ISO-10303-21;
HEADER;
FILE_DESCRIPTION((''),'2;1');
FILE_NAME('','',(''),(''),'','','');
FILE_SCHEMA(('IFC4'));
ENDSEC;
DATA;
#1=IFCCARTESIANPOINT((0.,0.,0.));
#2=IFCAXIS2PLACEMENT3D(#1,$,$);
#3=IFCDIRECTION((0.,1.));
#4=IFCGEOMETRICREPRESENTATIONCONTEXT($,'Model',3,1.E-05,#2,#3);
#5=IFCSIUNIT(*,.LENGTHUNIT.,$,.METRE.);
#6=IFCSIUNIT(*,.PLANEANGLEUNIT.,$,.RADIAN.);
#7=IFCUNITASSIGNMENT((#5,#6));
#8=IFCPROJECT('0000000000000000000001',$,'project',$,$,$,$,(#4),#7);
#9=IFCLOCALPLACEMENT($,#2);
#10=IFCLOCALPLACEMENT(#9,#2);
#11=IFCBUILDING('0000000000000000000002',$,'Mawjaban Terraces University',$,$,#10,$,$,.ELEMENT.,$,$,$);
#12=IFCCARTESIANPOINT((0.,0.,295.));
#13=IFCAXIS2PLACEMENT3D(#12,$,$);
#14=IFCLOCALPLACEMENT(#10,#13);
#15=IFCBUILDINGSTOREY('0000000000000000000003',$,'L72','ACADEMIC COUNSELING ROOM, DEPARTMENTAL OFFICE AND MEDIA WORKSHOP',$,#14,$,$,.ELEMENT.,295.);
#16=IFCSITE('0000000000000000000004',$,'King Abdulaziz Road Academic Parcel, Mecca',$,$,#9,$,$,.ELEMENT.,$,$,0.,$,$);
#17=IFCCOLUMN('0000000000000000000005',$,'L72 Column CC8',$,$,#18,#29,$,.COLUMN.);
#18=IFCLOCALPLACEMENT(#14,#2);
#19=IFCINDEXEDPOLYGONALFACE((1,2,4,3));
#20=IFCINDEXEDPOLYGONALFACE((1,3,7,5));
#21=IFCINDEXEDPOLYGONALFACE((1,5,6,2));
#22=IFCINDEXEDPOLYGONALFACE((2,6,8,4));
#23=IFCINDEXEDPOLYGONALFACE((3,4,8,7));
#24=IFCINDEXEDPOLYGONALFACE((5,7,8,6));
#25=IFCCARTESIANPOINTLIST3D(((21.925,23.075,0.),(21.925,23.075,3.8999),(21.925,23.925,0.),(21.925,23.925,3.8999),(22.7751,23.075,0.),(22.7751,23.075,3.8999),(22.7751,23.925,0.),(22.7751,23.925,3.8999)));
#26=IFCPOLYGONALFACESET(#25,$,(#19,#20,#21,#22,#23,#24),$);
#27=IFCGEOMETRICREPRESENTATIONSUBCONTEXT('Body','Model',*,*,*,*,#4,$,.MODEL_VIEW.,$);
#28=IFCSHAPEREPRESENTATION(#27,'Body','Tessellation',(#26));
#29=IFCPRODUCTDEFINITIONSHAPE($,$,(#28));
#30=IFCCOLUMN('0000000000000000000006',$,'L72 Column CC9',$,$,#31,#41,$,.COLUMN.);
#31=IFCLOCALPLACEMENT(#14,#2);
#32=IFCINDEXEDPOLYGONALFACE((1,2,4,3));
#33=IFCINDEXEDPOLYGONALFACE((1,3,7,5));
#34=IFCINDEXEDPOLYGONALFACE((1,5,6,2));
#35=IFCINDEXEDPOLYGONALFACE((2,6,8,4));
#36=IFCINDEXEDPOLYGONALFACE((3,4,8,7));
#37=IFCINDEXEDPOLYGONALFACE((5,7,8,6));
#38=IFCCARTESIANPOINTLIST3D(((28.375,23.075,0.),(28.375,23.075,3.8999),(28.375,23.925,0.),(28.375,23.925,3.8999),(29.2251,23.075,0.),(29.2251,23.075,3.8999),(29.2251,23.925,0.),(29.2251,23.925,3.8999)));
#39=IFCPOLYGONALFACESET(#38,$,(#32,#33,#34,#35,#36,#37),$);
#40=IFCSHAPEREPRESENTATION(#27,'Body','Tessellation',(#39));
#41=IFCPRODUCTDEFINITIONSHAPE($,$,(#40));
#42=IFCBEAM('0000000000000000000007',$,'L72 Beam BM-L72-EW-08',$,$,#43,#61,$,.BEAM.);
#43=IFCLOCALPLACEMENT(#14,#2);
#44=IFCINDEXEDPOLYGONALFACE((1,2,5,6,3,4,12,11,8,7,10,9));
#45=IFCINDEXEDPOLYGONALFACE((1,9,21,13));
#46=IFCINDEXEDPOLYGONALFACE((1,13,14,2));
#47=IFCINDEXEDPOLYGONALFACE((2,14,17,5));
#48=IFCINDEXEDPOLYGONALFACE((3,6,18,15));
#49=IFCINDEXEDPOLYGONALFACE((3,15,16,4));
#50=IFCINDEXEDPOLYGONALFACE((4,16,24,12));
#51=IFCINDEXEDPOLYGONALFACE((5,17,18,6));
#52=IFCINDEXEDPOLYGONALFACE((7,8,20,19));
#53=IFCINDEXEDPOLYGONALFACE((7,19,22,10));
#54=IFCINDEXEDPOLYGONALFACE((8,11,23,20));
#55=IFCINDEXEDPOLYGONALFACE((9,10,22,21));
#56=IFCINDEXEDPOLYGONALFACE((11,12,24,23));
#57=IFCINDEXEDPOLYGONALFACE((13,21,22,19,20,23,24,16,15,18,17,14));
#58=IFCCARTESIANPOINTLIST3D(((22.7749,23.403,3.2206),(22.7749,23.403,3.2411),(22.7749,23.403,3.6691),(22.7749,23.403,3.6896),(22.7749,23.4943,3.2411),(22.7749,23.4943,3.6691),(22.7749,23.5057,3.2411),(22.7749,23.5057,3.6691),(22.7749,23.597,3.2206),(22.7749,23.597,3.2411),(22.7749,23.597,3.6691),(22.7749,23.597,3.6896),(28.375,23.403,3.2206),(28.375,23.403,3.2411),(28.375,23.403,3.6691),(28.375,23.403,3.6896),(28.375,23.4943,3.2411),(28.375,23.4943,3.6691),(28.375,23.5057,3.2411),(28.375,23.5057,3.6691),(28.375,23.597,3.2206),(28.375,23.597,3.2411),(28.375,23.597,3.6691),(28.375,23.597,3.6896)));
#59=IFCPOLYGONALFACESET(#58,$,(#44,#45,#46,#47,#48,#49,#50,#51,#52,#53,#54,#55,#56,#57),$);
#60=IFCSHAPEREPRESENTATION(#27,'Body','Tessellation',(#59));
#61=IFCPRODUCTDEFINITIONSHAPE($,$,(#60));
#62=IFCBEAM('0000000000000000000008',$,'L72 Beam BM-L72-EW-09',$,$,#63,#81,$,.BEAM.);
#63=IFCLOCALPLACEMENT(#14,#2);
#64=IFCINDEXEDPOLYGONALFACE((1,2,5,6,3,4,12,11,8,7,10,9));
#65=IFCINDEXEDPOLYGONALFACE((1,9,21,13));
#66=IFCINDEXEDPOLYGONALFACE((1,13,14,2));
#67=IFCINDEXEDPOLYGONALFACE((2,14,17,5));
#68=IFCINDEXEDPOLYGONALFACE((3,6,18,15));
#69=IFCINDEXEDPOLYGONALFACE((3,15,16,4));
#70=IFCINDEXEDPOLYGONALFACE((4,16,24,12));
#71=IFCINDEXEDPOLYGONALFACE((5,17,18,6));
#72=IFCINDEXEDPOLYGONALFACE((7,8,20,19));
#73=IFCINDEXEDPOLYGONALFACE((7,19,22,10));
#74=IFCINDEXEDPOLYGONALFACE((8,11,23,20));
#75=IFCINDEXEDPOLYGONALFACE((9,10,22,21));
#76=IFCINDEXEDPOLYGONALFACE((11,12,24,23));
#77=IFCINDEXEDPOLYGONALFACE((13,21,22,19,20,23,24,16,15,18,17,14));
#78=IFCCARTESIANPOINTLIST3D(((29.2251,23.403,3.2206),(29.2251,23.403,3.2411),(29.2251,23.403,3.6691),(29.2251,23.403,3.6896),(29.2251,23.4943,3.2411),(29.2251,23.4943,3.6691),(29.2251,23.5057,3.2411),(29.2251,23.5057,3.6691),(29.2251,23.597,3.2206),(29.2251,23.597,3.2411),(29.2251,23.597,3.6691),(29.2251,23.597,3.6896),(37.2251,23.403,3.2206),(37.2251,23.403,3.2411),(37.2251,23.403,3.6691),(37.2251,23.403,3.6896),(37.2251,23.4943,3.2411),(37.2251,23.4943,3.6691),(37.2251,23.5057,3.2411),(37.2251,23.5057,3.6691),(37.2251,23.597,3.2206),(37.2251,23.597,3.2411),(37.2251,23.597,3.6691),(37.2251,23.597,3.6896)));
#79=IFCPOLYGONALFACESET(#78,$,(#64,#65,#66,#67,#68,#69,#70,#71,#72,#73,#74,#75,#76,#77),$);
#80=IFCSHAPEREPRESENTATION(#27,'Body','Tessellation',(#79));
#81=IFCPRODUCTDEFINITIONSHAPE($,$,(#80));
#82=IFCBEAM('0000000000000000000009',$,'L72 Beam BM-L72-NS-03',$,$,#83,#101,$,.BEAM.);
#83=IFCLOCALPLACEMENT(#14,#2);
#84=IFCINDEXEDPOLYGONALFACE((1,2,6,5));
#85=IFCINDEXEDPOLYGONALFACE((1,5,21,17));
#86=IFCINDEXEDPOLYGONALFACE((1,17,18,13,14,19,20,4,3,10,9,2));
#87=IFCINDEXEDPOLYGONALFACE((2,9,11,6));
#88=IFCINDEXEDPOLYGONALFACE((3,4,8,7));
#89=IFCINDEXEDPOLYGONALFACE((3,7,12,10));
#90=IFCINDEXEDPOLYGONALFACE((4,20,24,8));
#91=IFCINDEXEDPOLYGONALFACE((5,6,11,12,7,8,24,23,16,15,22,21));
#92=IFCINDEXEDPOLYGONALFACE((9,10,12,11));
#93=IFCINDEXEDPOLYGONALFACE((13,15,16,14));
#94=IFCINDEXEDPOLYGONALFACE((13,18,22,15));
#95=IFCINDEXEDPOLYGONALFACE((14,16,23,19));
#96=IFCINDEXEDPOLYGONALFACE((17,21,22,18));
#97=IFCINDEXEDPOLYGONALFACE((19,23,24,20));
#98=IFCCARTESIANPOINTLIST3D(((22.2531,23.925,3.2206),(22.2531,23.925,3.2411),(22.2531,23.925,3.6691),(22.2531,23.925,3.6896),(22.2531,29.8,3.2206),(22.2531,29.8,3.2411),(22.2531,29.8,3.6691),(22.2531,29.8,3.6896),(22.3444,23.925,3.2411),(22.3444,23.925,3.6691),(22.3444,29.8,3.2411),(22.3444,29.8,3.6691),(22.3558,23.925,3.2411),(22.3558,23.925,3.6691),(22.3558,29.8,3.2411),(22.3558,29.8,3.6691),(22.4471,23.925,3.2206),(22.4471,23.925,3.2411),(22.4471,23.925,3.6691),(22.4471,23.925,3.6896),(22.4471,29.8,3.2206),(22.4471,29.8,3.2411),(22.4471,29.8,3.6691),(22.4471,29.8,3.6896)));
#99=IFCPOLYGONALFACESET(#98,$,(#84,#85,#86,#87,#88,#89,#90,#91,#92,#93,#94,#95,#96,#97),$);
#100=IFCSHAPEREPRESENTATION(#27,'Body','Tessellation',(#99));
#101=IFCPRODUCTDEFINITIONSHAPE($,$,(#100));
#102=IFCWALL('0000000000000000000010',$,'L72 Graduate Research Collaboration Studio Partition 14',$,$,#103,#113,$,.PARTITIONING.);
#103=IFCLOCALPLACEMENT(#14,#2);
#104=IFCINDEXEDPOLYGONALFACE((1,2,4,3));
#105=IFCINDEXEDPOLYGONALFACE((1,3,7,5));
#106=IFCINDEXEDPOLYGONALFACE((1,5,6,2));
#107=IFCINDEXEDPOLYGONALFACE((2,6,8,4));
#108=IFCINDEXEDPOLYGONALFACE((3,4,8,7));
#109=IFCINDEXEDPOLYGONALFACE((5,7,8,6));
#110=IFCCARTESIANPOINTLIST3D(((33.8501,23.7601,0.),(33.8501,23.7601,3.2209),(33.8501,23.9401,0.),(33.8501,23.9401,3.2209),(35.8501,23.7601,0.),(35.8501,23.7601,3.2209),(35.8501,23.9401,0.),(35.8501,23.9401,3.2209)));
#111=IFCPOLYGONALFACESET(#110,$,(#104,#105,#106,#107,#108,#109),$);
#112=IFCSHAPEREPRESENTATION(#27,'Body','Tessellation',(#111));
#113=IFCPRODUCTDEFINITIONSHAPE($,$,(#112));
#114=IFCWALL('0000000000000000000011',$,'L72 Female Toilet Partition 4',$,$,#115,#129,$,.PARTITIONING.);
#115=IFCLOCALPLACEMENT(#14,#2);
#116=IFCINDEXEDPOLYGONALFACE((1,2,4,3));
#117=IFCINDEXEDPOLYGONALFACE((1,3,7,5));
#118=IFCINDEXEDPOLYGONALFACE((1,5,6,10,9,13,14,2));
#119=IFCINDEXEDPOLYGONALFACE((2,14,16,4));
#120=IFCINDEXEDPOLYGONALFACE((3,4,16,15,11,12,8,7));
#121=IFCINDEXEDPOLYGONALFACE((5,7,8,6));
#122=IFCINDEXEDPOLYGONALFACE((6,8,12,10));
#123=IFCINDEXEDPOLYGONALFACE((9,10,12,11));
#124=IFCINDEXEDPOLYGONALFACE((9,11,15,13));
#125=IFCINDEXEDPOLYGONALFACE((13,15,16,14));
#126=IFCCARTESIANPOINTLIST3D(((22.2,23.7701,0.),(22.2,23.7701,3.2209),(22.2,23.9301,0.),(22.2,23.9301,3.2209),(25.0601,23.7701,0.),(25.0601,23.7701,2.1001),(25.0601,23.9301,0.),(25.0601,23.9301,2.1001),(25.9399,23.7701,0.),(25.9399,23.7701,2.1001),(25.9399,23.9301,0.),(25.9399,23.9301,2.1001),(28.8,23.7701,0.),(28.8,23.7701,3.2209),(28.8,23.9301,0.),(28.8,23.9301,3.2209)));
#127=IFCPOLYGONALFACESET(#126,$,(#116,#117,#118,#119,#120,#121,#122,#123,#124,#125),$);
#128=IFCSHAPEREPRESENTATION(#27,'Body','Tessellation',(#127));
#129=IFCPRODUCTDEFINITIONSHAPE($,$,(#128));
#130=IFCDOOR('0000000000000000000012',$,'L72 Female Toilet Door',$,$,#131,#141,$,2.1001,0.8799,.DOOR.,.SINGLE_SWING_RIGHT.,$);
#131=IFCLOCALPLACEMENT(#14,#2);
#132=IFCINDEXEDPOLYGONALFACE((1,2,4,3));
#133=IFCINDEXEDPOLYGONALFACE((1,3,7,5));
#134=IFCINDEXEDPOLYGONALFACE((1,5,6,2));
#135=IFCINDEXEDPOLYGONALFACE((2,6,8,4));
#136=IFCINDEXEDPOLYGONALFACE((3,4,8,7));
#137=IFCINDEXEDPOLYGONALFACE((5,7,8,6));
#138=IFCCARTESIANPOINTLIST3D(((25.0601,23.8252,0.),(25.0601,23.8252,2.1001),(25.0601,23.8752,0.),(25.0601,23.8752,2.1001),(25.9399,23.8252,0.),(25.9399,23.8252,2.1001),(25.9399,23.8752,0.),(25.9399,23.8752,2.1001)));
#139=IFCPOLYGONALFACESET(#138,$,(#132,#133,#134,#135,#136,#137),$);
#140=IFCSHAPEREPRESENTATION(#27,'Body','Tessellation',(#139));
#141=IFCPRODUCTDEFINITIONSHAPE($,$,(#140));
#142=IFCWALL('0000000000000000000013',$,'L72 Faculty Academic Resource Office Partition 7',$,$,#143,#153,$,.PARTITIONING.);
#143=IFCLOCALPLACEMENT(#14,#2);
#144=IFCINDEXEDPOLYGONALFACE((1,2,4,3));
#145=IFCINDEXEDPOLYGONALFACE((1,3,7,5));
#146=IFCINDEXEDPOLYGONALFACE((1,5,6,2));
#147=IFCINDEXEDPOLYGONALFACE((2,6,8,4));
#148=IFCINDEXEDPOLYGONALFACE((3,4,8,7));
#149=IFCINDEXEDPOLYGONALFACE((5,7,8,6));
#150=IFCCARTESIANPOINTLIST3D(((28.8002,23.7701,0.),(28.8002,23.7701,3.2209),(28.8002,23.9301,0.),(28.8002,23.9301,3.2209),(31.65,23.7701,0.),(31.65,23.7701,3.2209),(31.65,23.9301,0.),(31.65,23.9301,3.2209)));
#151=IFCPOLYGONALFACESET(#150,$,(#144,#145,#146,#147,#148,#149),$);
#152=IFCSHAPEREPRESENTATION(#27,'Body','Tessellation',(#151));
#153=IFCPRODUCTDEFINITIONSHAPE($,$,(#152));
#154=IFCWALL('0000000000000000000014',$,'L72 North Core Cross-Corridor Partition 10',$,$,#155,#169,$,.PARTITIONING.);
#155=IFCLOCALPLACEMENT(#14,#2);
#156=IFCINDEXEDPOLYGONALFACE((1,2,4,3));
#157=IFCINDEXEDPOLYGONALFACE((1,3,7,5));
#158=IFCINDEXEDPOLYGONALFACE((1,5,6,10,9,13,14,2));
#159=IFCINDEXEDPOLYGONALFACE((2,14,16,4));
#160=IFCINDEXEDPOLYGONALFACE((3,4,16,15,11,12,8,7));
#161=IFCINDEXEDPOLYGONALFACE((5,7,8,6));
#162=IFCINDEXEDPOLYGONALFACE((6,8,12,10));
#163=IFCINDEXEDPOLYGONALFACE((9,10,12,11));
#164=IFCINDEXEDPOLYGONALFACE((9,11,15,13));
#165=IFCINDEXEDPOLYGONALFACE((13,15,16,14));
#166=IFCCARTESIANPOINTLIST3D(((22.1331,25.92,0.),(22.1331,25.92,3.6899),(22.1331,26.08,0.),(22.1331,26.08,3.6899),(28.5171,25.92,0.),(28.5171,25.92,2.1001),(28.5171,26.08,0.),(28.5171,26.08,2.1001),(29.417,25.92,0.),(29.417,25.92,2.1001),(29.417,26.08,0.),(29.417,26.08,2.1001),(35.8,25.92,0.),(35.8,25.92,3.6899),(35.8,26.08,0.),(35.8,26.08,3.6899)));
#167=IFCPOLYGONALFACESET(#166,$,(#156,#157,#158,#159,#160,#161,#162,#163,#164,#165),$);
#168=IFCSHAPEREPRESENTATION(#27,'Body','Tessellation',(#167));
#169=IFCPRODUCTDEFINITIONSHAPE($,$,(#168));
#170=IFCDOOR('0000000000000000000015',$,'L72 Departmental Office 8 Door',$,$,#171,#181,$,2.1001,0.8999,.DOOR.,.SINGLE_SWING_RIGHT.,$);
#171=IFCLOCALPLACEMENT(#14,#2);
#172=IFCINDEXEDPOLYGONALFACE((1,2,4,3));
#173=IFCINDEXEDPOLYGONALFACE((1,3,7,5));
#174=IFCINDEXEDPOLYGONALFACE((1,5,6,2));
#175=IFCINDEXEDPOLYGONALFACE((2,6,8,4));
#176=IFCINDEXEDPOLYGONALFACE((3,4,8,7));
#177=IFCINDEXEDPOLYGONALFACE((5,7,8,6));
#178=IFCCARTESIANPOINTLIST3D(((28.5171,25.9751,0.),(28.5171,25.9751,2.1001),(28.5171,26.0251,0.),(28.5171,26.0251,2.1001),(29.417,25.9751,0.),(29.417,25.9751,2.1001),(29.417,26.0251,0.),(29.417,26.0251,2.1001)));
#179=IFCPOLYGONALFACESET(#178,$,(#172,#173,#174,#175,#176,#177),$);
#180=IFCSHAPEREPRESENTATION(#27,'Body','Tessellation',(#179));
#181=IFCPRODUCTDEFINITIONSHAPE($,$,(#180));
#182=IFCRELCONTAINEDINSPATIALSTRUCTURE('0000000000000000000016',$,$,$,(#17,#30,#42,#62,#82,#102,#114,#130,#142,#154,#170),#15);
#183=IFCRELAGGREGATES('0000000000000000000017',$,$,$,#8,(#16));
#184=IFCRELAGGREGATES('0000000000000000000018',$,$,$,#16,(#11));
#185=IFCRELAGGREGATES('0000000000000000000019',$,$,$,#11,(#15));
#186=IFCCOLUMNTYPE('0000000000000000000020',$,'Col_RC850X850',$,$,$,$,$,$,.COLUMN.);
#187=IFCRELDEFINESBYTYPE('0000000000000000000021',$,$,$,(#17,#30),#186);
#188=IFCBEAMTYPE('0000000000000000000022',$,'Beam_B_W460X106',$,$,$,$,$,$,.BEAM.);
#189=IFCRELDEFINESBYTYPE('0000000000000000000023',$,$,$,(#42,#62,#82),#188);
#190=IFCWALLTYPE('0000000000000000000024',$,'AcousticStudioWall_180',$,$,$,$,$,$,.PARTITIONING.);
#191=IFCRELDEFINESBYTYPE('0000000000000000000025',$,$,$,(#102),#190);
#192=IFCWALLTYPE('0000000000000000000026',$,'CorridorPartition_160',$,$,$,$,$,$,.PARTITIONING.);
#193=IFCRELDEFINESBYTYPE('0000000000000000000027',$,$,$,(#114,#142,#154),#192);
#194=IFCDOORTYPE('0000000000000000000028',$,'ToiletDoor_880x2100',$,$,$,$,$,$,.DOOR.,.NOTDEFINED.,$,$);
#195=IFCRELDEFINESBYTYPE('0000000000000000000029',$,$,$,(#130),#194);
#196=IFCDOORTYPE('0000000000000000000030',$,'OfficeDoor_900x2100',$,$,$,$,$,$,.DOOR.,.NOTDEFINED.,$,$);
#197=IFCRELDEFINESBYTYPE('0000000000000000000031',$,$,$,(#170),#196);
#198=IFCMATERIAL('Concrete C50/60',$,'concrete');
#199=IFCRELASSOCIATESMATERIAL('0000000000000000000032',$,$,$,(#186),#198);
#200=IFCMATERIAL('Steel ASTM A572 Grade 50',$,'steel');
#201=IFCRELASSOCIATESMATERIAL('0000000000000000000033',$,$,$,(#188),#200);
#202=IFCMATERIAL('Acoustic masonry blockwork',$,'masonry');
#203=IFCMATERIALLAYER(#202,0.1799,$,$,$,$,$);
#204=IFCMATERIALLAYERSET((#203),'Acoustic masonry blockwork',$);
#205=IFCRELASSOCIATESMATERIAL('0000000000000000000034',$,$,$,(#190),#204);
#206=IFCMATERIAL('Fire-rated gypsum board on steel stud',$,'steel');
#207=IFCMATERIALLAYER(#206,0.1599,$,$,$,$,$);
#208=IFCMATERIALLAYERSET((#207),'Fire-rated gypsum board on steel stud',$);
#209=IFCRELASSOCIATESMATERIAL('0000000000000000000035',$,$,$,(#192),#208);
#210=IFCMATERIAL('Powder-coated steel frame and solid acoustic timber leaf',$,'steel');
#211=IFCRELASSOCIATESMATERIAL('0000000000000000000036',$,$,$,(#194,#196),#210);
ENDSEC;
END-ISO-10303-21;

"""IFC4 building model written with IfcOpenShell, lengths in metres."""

from ifc_helpers import new_model, si_unit, direction, frame, frame_2d, origin, origin_2d, place, context, subcontext, project, spatial, rectangle, i_section, extrude, material, layer, layer_set, material_profile, profile_set, type_object, element, fill, save


model = new_model("IFC4")

# Units and contexts
model_context = context("Model", 3, precision=1e-05, world=origin(), true_north=direction((0.0, 1.0)))
body_context = subcontext(model_context, "Body", "Model", "MODEL_VIEW")
ifc_project = project(units=[si_unit("LENGTHUNIT", "METRE"), si_unit("PLANEANGLEUNIT", "RADIAN")], contexts=[model_context])

# Site, building, storey
site_placement = place(None, origin())
site = spatial("IfcSite", under=ifc_project, at=site_placement, Name="King Abdulaziz Road Academic Parcel, Mecca", CompositionType="ELEMENT", RefElevation=0.0)
building_placement = place(site_placement, origin())
building = spatial("IfcBuilding", under=site, at=building_placement, Name="Mawjaban Terraces University", CompositionType="ELEMENT")
storey_placement = place(building_placement, frame((0.0, 0.0, 295.0)))
storey = spatial("IfcBuildingStorey", under=building, at=storey_placement, Name="L72", Description="ACADEMIC COUNSELING ROOM, DEPARTMENTAL OFFICE AND MEDIA WORKSHOP", CompositionType="ELEMENT", Elevation=295.0)

# Columns
ifc_material_1 = material(Name="Concrete C50/60", Category="concrete")
ifc_material_profile_1 = material_profile(ifc_material_1, rectangle(XDim=0.8501, YDim=0.8501, at=origin_2d()), Name="RC850X850")
ifc_profile_set_1 = profile_set([ifc_material_profile_1], Name="Concrete C50/60")
column_type = type_object("IfcColumnType", Name="Col_RC850X850", PredefinedType="COLUMN", material=ifc_profile_set_1)
for number, where, z_axis, x_axis, name in (
    (1, (22.3501, 23.5, 0.0), (0.0, 0.0, 1.0), (1.0, 0.0, 0.0), "L72 Column CC8"),
    (2, (28.8, 23.5, 0.0), (0.0, 0.0, 1.0), (1.0, 0.0, 0.0), "L72 Column CC9"),
):
    element("IfcColumn", number, at=place(storey_placement, frame(where, z_axis=z_axis, x_axis=x_axis)), inside=storey, type_object=column_type, Name=name, PredefinedType="COLUMN", context=body_context, shape_type="SweptSolid", body=[
        extrude(rectangle(XDim=0.8501, YDim=0.8501, at=origin_2d()), origin(), (0.0, 0.0, 1.0), 3.8999),
    ])

# Beams
ifc_material_2 = material(Name="Steel ASTM A572 Grade 50", Category="steel")
ifc_material_profile_2 = material_profile(ifc_material_2, i_section(OverallWidth=0.1941, OverallDepth=0.469, WebThickness=0.0115, FlangeThickness=0.0205, at=origin_2d()), Name="W460X106")
ifc_profile_set_2 = profile_set([ifc_material_profile_2], Name="Steel ASTM A572 Grade 50")
beam_type = type_object("IfcBeamType", Name="Beam_B_W460X106", PredefinedType="BEAM", material=ifc_profile_set_2)
beam_1_placement = place(storey_placement, frame((22.7749, 23.5, 3.4551), z_axis=(1.0, 0.0, 0.0), x_axis=(0.0, 1.0, 0.0)))
element("IfcBeam", 3, at=beam_1_placement, inside=storey, type_object=beam_type, Name="L72 Beam BM-L72-EW-08", PredefinedType="BEAM", context=body_context, shape_type="SweptSolid", body=[
    extrude(i_section(OverallWidth=0.1941, OverallDepth=0.469, WebThickness=0.0115, FlangeThickness=0.0205, at=origin_2d()), origin(), (0.0, 0.0, 1.0), 5.6001),
])
beam_2_placement = place(storey_placement, frame((29.2251, 23.5, 3.4551), z_axis=(1.0, 0.0, 0.0), x_axis=(0.0, 1.0, 0.0)))
element("IfcBeam", 4, at=beam_2_placement, inside=storey, type_object=beam_type, Name="L72 Beam BM-L72-EW-09", PredefinedType="BEAM", context=body_context, shape_type="SweptSolid", body=[
    extrude(i_section(OverallWidth=0.1941, OverallDepth=0.469, WebThickness=0.0115, FlangeThickness=0.0205, at=origin_2d()), origin(), (0.0, 0.0, 1.0), 8.0),
])
beam_3_placement = place(storey_placement, frame((22.3501, 23.925, 3.4551), z_axis=(0.0, 1.0, 0.0), x_axis=(-1.0, 0.0, 0.0)))
element("IfcBeam", 5, at=beam_3_placement, inside=storey, type_object=beam_type, Name="L72 Beam BM-L72-NS-03", PredefinedType="BEAM", context=body_context, shape_type="SweptSolid", body=[
    extrude(i_section(OverallWidth=0.1941, OverallDepth=0.469, WebThickness=0.0115, FlangeThickness=0.0205, at=origin_2d()), origin(), (0.0, 0.0, 1.0), 5.875),
])

# Wall
ifc_material_3 = material(Name="Acoustic masonry blockwork", Category="masonry")
ifc_layer_1 = layer(ifc_material_3, 0.1799)
ifc_layer_set_1 = layer_set([ifc_layer_1], Name="Acoustic masonry blockwork")
wall_type_1 = type_object("IfcWallType", Name="AcousticStudioWall_180", PredefinedType="PARTITIONING", material=ifc_layer_set_1)
wall_1_placement = place(storey_placement, frame((35.8501, 23.8501, 0.0), z_axis=(0.0, 0.0, 1.0), x_axis=(-1.0, 0.0, 0.0)))
element("IfcWall", 6, at=wall_1_placement, inside=storey, type_object=wall_type_1, Name="L72 Graduate Research Collaboration Studio Partition 14", PredefinedType="PARTITIONING", context=body_context, shape_type="SweptSolid", body=[
    extrude(rectangle(XDim=2.0, YDim=0.1799, at=frame_2d((1.0, 0.0))), origin(), (0.0, 0.0, 1.0), 3.2209),
])

# Wall, opening, door
ifc_material_4 = material(Name="Fire-rated gypsum board on steel stud", Category="steel")
ifc_layer_2 = layer(ifc_material_4, 0.1599)
ifc_layer_set_2 = layer_set([ifc_layer_2], Name="Fire-rated gypsum board on steel stud")
wall_type_2 = type_object("IfcWallType", Name="CorridorPartition_160", PredefinedType="PARTITIONING", material=ifc_layer_set_2)
wall_2_placement = place(storey_placement, frame((28.8, 23.8501, 0.0), z_axis=(0.0, 0.0, 1.0), x_axis=(-1.0, 0.0, 0.0)))
wall_2 = element("IfcWall", 7, at=wall_2_placement, inside=storey, type_object=wall_type_2, Name="L72 Female Toilet Partition 4", PredefinedType="PARTITIONING", context=body_context, shape_type="SweptSolid", body=[
    extrude(rectangle(XDim=6.6001, YDim=0.1599, at=frame_2d((3.3, 0.0))), origin(), (0.0, 0.0, 1.0), 3.2209),
])
opening_1_placement = place(wall_2_placement, frame((2.8601, 0.0, 0.0)))
opening_1 = element("IfcOpeningElement", 8, at=opening_1_placement, cuts=wall_2, PredefinedType="OPENING", context=body_context, shape_type="SweptSolid", body=[
    extrude(rectangle(XDim=0.8799, YDim=2.1001, at=frame_2d((0.4399, 1.05))), frame((0.0, 0.0898, 0.0), z_axis=(0.0, -1.0, 0.0), x_axis=(1.0, 0.0, 0.0)), (0.0, 0.0, 1.0), 0.1799),
])
ifc_material_5 = material(Name="Powder-coated steel frame and solid acoustic timber leaf", Category="steel")
door_type_1 = type_object("IfcDoorType", Name="ToiletDoor_880x2100", OperationType="NOTDEFINED", PredefinedType="DOOR", material=ifc_material_5)
door_1_placement = place(opening_1_placement, origin())
door_1 = element("IfcDoor", 9, at=door_1_placement, inside=storey, type_object=door_type_1, Name="L72 Female Toilet Door", OperationType="SINGLE_SWING_RIGHT", OverallHeight=2.1001, OverallWidth=0.8799, PredefinedType="DOOR", context=body_context, shape_type="SweptSolid", body=[
    extrude(rectangle(XDim=0.8799, YDim=2.1001, at=frame_2d((0.4399, 1.05))), frame((0.0, 0.0249, 0.0), z_axis=(0.0, -1.0, 0.0), x_axis=(1.0, 0.0, 0.0)), (0.0, 0.0, 1.0), 0.05),
])
fill(opening_1, door_1)

# Wall
wall_3_placement = place(storey_placement, frame((31.6499, 23.8501, 0.0), z_axis=(0.0, 0.0, 1.0), x_axis=(-1.0, 0.0, 0.0)))
element("IfcWall", 10, at=wall_3_placement, inside=storey, type_object=wall_type_2, Name="L72 Faculty Academic Resource Office Partition 7", PredefinedType="PARTITIONING", context=body_context, shape_type="SweptSolid", body=[
    extrude(rectangle(XDim=2.8499, YDim=0.1599, at=frame_2d((1.4248, 0.0))), origin(), (0.0, 0.0, 1.0), 3.2209),
])

# Wall, opening, door
wall_4_placement = place(storey_placement, frame((35.8, 26.0, 0.0), z_axis=(0.0, 0.0, 1.0), x_axis=(-1.0, 0.0, 0.0)))
wall_4 = element("IfcWall", 11, at=wall_4_placement, inside=storey, type_object=wall_type_2, Name="L72 North Core Cross-Corridor Partition 10", PredefinedType="PARTITIONING", context=body_context, shape_type="SweptSolid", body=[
    extrude(rectangle(XDim=13.667, YDim=0.1599, at=frame_2d((6.8335, 0.0))), origin(), (0.0, 0.0, 1.0), 3.6899),
])
opening_2_placement = place(wall_4_placement, frame((6.3831, 0.0, 0.0)))
opening_2 = element("IfcOpeningElement", 12, at=opening_2_placement, cuts=wall_4, PredefinedType="OPENING", context=body_context, shape_type="SweptSolid", body=[
    extrude(rectangle(XDim=0.8999, YDim=2.1001, at=frame_2d((0.45, 1.05))), frame((0.0, 0.0898, 0.0), z_axis=(0.0, -1.0, 0.0), x_axis=(1.0, 0.0, 0.0)), (0.0, 0.0, 1.0), 0.1799),
])
door_type_2 = type_object("IfcDoorType", Name="OfficeDoor_900x2100", OperationType="NOTDEFINED", PredefinedType="DOOR", material=ifc_material_5)
door_2_placement = place(opening_2_placement, origin())
door_2 = element("IfcDoor", 13, at=door_2_placement, inside=storey, type_object=door_type_2, Name="L72 Departmental Office 8 Door", OperationType="SINGLE_SWING_RIGHT", OverallHeight=2.1001, OverallWidth=0.8999, PredefinedType="DOOR", context=body_context, shape_type="SweptSolid", body=[
    extrude(rectangle(XDim=0.8999, YDim=2.1001, at=frame_2d((0.45, 1.05))), frame((0.0, 0.0249, 0.0), z_axis=(0.0, -1.0, 0.0), x_axis=(1.0, 0.0, 0.0)), (0.0, 0.0, 1.0), 0.05),
])
fill(opening_2, door_2)

save(model, "model.ifc")
